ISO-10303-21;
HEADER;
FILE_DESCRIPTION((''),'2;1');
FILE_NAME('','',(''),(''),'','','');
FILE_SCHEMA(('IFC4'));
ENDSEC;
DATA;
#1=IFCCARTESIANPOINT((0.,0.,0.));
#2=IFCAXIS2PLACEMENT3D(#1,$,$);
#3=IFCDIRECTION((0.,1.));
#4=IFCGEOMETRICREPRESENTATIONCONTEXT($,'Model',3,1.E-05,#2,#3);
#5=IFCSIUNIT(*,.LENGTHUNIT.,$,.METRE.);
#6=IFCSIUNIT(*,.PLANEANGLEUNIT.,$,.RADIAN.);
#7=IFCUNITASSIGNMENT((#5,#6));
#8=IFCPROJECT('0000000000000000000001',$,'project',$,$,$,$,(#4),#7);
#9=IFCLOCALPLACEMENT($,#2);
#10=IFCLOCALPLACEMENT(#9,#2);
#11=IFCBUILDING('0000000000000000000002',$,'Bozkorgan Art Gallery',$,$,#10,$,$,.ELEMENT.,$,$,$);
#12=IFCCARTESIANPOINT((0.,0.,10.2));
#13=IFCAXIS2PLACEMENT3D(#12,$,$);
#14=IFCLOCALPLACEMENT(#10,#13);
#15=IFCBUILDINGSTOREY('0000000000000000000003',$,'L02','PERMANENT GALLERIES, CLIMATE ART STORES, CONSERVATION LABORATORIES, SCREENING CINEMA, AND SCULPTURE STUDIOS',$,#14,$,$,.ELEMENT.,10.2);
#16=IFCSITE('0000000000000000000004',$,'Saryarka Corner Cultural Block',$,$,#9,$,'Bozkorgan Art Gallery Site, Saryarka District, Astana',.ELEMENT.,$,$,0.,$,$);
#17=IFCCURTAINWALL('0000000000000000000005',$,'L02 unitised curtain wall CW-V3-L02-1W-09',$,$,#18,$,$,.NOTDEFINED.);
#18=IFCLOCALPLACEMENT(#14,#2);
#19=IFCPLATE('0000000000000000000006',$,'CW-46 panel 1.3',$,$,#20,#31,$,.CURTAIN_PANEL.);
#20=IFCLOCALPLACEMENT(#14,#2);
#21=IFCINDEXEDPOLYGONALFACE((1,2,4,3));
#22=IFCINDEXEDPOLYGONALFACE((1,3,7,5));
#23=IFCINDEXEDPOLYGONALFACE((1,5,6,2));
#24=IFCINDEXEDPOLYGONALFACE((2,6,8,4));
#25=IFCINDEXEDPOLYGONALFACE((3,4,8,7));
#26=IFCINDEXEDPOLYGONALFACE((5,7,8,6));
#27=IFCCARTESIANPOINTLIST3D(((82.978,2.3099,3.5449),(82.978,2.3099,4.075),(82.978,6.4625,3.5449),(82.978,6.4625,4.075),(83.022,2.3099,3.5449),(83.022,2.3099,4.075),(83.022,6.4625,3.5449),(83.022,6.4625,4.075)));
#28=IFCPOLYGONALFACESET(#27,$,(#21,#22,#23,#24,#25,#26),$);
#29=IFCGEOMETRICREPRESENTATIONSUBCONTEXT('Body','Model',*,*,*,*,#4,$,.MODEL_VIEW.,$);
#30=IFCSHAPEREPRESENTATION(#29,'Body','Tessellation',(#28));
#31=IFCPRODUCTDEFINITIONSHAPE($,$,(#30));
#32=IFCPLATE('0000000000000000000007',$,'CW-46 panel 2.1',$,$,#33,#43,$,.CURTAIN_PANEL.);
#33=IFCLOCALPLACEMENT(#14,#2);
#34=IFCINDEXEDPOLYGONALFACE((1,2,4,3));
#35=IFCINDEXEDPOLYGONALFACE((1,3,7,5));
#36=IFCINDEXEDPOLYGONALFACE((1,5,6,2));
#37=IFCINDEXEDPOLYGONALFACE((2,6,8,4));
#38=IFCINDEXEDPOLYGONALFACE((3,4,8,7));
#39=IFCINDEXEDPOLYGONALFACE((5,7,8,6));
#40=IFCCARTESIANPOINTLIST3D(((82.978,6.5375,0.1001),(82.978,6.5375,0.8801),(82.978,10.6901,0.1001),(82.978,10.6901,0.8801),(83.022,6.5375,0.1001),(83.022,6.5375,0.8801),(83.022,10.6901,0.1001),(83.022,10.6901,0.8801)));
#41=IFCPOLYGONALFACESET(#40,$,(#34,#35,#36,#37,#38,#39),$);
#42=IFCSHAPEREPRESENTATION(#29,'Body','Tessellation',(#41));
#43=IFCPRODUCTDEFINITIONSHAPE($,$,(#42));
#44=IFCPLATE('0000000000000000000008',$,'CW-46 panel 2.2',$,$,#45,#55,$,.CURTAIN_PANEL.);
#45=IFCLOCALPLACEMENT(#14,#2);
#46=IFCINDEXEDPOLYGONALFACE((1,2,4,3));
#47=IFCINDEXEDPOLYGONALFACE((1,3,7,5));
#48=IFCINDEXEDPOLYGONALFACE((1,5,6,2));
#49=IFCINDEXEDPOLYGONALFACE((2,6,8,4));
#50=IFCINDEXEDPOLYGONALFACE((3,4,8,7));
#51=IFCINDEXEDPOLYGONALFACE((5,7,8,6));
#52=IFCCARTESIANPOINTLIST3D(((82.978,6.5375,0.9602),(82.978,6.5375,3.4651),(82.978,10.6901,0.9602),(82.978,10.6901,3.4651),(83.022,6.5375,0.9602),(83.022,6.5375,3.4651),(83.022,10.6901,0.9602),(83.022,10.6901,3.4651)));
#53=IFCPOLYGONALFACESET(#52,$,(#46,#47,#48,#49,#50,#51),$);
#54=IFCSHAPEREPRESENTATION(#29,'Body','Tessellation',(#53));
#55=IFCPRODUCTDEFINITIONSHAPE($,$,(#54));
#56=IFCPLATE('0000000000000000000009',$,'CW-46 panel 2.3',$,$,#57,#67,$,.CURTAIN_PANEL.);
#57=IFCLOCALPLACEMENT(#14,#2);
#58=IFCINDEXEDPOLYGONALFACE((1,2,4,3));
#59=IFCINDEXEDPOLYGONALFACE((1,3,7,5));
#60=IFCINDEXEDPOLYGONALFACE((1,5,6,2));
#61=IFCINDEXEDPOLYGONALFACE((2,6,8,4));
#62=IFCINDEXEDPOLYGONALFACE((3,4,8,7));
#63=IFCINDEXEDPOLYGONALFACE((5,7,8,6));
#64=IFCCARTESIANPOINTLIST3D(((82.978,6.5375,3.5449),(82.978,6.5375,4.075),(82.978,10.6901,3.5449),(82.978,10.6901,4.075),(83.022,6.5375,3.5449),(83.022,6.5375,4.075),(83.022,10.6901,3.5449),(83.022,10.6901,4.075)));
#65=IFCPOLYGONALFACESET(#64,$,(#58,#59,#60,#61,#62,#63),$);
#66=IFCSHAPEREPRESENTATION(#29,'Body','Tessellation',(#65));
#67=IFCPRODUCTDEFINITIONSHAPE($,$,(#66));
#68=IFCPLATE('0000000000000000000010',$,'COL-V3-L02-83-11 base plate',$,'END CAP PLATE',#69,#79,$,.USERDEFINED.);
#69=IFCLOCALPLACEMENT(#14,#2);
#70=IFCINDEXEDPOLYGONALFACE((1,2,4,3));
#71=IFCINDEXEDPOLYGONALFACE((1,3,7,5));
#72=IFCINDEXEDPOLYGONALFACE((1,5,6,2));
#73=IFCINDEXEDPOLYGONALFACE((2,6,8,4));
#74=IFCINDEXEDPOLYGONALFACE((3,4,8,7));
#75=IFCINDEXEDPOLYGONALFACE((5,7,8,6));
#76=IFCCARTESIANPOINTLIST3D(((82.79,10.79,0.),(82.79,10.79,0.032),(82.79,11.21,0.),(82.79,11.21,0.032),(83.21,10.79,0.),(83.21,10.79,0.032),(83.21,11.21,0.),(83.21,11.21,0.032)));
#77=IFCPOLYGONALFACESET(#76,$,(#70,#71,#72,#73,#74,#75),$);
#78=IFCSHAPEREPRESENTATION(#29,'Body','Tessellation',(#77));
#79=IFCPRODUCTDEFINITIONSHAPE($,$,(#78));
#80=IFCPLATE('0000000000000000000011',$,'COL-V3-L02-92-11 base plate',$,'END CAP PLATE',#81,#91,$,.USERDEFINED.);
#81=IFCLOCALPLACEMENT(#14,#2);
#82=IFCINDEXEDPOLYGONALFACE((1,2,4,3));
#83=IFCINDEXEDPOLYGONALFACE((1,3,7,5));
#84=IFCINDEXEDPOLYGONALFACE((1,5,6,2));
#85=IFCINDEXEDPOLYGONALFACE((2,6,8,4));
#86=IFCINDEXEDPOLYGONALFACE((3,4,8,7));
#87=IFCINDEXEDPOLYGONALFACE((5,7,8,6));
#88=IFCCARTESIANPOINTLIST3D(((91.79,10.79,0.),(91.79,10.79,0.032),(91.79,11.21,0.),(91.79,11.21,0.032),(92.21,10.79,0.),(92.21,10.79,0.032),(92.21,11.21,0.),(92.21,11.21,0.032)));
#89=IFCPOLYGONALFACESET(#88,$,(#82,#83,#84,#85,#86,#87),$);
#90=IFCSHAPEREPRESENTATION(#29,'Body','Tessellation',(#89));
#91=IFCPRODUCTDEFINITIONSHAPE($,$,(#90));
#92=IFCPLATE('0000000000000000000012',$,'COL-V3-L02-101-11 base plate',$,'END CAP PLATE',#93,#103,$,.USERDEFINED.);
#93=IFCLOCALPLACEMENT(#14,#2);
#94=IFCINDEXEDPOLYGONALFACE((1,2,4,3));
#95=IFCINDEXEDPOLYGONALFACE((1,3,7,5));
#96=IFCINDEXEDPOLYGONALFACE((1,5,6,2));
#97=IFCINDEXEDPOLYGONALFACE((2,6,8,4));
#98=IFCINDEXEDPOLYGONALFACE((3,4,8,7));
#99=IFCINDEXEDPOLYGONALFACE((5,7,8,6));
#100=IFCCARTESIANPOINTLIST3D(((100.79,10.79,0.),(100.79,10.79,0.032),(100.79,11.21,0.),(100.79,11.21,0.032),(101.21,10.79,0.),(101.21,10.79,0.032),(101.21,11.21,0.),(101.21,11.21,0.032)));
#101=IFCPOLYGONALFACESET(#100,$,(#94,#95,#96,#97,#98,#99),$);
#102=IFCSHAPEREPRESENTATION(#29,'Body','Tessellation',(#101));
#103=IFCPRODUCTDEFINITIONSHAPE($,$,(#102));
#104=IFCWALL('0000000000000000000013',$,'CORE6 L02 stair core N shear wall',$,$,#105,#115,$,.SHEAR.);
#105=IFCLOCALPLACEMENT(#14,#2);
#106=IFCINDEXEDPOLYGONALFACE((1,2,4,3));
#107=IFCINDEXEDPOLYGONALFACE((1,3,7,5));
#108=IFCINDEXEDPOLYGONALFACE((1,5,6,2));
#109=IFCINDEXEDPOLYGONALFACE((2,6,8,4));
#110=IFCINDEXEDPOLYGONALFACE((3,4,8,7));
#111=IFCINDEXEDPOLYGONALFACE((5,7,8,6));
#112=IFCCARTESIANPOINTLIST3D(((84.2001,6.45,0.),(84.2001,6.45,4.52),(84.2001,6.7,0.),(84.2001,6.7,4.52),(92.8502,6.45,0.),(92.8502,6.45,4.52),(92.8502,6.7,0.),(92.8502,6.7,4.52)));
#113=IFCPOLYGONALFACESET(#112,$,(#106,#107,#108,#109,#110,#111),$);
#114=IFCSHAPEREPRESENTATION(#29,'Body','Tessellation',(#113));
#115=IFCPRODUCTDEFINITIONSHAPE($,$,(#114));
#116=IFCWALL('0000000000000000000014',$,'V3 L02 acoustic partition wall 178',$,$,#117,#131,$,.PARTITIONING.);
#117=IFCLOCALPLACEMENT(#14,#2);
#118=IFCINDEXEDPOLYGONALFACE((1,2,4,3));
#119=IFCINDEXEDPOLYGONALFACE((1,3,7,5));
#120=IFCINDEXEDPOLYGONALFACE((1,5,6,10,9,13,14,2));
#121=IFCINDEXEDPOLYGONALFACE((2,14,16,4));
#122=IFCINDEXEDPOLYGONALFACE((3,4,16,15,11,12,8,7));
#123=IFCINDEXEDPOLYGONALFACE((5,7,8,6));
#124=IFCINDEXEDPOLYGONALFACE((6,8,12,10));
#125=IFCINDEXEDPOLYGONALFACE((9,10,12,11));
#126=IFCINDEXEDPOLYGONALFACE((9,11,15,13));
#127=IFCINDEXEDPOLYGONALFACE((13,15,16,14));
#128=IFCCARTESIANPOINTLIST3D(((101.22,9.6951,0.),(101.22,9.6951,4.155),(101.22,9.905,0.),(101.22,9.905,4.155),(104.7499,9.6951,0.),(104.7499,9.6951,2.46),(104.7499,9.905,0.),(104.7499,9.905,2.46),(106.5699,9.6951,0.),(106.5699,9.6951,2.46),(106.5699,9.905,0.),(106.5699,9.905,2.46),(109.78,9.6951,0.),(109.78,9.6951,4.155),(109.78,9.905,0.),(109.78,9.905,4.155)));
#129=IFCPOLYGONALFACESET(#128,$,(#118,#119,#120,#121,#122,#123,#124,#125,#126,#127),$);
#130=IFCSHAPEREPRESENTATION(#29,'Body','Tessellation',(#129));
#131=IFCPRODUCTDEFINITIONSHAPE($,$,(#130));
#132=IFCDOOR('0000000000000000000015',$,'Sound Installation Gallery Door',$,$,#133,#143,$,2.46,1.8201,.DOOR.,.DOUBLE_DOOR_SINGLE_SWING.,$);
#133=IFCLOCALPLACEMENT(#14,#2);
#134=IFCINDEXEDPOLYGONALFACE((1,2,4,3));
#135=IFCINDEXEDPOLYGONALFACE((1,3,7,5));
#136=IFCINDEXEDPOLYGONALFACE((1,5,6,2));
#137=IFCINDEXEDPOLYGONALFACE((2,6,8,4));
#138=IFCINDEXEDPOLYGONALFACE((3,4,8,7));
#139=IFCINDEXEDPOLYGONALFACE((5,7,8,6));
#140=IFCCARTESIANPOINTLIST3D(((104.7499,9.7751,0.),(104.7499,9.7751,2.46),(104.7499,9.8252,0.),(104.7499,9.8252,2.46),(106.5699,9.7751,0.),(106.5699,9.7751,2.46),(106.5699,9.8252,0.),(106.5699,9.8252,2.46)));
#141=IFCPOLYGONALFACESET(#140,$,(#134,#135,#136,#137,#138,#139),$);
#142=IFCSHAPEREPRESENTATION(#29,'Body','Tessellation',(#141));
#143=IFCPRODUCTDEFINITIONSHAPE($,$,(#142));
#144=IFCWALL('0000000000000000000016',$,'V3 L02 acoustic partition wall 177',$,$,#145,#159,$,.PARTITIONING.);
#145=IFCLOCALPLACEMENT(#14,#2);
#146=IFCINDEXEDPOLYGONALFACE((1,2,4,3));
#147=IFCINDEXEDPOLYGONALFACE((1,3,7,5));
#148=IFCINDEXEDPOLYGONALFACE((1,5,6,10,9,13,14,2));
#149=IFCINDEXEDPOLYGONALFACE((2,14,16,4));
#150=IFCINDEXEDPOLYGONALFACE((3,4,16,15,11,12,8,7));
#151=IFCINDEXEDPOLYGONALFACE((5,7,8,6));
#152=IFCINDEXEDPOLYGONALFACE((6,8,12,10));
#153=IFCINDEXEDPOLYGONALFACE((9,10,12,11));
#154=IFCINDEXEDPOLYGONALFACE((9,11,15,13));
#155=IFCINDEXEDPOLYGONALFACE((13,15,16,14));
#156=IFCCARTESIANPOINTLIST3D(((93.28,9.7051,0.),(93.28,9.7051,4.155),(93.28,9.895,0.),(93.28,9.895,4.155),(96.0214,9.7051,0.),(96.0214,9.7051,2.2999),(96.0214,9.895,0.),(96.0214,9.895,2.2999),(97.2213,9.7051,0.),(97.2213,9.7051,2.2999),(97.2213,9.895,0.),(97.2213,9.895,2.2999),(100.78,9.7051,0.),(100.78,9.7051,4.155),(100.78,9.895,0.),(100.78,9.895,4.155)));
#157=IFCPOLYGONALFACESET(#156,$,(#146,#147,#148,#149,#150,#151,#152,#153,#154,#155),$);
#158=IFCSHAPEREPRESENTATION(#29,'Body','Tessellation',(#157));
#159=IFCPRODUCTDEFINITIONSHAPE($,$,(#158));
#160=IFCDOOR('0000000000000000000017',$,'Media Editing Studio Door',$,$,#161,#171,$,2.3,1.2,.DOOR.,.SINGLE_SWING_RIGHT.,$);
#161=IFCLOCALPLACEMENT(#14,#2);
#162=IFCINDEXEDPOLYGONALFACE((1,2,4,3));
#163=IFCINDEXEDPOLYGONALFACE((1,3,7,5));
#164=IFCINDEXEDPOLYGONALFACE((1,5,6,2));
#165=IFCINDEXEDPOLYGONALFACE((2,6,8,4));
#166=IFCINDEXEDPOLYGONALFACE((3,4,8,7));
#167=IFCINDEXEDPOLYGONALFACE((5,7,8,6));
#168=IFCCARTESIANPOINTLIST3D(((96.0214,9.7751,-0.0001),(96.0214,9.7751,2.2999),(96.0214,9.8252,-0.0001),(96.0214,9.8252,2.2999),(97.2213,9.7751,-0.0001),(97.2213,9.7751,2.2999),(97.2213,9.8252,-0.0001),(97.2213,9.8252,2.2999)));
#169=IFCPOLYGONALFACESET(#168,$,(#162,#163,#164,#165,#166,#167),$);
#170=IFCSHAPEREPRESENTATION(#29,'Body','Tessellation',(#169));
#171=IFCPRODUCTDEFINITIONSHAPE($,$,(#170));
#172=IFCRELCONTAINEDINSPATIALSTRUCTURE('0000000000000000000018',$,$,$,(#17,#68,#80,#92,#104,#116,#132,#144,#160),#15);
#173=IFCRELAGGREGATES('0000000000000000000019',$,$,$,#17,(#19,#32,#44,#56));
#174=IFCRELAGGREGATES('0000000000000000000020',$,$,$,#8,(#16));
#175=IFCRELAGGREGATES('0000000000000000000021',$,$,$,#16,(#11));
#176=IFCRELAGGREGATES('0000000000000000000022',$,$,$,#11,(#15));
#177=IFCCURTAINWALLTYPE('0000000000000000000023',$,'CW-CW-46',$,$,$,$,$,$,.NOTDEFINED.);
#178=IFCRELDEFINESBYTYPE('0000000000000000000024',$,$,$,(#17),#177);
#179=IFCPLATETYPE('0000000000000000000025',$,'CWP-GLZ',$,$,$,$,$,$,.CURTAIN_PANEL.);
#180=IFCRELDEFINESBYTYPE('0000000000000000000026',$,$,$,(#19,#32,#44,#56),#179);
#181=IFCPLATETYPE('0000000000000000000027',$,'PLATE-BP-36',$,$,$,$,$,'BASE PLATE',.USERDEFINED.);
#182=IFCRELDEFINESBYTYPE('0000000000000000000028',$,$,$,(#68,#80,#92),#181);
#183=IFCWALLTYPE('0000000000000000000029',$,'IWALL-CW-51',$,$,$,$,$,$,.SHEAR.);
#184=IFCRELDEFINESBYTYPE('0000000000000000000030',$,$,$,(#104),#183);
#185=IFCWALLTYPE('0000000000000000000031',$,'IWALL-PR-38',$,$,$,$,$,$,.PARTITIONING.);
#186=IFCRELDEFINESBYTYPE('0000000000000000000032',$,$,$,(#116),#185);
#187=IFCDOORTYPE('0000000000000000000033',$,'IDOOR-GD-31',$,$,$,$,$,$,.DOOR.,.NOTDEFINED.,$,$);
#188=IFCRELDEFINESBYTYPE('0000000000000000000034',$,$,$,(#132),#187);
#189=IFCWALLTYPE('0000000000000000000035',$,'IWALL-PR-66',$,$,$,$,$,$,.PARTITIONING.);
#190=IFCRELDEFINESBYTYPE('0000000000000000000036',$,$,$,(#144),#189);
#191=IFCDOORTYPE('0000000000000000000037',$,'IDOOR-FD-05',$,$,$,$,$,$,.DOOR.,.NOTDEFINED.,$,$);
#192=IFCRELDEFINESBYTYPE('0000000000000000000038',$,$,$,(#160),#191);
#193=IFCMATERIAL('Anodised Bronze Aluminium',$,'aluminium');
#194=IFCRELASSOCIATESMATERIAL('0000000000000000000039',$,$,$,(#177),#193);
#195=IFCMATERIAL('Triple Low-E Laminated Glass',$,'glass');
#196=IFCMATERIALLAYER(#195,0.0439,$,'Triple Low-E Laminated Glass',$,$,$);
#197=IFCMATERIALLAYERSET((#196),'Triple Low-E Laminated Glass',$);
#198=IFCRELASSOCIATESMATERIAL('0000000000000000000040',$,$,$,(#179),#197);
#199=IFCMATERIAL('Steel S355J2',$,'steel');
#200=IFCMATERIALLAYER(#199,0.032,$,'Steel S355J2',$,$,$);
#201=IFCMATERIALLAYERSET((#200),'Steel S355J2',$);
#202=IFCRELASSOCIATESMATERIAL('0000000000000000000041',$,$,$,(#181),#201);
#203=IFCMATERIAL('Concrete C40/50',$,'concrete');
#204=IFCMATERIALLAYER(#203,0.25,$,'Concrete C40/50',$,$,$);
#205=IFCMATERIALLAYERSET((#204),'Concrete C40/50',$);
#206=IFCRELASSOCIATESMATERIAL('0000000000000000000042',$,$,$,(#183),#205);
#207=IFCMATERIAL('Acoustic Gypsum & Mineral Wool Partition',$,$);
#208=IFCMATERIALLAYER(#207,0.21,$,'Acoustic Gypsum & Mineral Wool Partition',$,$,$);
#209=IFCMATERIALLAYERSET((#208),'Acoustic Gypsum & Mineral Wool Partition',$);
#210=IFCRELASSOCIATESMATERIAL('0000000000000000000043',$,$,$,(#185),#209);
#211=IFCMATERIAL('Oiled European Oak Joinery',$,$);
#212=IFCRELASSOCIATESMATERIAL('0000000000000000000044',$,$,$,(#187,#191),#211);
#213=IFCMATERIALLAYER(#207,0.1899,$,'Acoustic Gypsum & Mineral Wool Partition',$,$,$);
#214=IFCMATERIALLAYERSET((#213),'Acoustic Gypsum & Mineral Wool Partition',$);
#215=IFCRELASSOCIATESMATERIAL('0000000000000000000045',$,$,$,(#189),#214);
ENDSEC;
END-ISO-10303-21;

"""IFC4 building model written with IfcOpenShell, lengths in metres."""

from ifc_helpers import new_model, si_unit, direction, frame, frame_2d, origin, origin_2d, place, context, subcontext, project, spatial, rectangle, extrude, material, layer, layer_set, type_object, element, fill, aggregate, save


model = new_model("IFC4")

# Units and contexts
model_context = context("Model", 3, precision=1e-05, world=origin(), true_north=direction((0.0, 1.0)))
body_context = subcontext(model_context, "Body", "Model", "MODEL_VIEW")
ifc_project = project(units=[si_unit("LENGTHUNIT", "METRE"), si_unit("PLANEANGLEUNIT", "RADIAN")], contexts=[model_context])

# Site, building, storey
site_placement = place(None, origin())
site = spatial("IfcSite", under=ifc_project, at=site_placement, Name="Saryarka Corner Cultural Block", LongName="Bozkorgan Art Gallery Site, Saryarka District, Astana", CompositionType="ELEMENT", RefElevation=0.0)
building_placement = place(site_placement, origin())
building = spatial("IfcBuilding", under=site, at=building_placement, Name="Bozkorgan Art Gallery", CompositionType="ELEMENT")
storey_placement = place(building_placement, frame((0.0, 0.0, 10.2)))
storey = spatial("IfcBuildingStorey", under=building, at=storey_placement, Name="L02", Description="PERMANENT GALLERIES, CLIMATE ART STORES, CONSERVATION LABORATORIES, SCREENING CINEMA, AND SCULPTURE STUDIOS", CompositionType="ELEMENT", Elevation=10.2)

# Shared definitions
ifc_material_1 = material(Name="Steel S355J2", Category="steel")

# Curtain wall, plates
ifc_material_2 = material(Name="Anodised Bronze Aluminium", Category="aluminium")
curtain_wall_type = type_object("IfcCurtainWallType", Name="CW-CW-46", PredefinedType="NOTDEFINED", material=ifc_material_2)
curtain_wall_placement = place(storey_placement, origin())
curtain_wall = element("IfcCurtainWall", 1, at=curtain_wall_placement, inside=storey, type_object=curtain_wall_type, Name="L02 unitised curtain wall CW-V3-L02-1W-09", PredefinedType="NOTDEFINED")
ifc_material_3 = material(Name="Triple Low-E Laminated Glass", Category="glass")
ifc_layer_1 = layer(ifc_material_3, 0.0439, Name="Triple Low-E Laminated Glass")
ifc_layer_set_1 = layer_set([ifc_layer_1], Name="Triple Low-E Laminated Glass")
plate_type_1 = type_object("IfcPlateType", Name="CWP-GLZ", PredefinedType="CURTAIN_PANEL", material=ifc_layer_set_1)
plate_1_placement = place(storey_placement, frame((83.0, 4.3862, 3.5449), z_axis=(0.0, 0.0, 1.0), x_axis=(0.0, 1.0, 0.0)))
plate_1 = element("IfcPlate", 2, at=plate_1_placement, type_object=plate_type_1, Name="CW-46 panel 1.3", PredefinedType="CURTAIN_PANEL", context=body_context, shape_type="SweptSolid", body=[
    extrude(rectangle(XDim=4.1526, YDim=0.0439, at=origin_2d()), origin(), (0.0, 0.0, 1.0), 0.53),
])
plate_2_placement = place(storey_placement, frame((83.0, 8.6138, 0.1001), z_axis=(0.0, 0.0, 1.0), x_axis=(0.0, 1.0, 0.0)))
plate_2 = element("IfcPlate", 3, at=plate_2_placement, type_object=plate_type_1, Name="CW-46 panel 2.1", PredefinedType="CURTAIN_PANEL", context=body_context, shape_type="SweptSolid", body=[
    extrude(rectangle(XDim=4.1526, YDim=0.0439, at=origin_2d()), origin(), (0.0, 0.0, 1.0), 0.78),
])
plate_3_placement = place(storey_placement, frame((83.0, 8.6138, 0.9602), z_axis=(0.0, 0.0, 1.0), x_axis=(0.0, 1.0, 0.0)))
plate_3 = element("IfcPlate", 4, at=plate_3_placement, type_object=plate_type_1, Name="CW-46 panel 2.2", PredefinedType="CURTAIN_PANEL", context=body_context, shape_type="SweptSolid", body=[
    extrude(rectangle(XDim=4.1526, YDim=0.0439, at=origin_2d()), origin(), (0.0, 0.0, 1.0), 2.5049),
])
plate_4_placement = place(storey_placement, frame((83.0, 8.6138, 3.5449), z_axis=(0.0, 0.0, 1.0), x_axis=(0.0, 1.0, 0.0)))
plate_4 = element("IfcPlate", 5, at=plate_4_placement, type_object=plate_type_1, Name="CW-46 panel 2.3", PredefinedType="CURTAIN_PANEL", context=body_context, shape_type="SweptSolid", body=[
    extrude(rectangle(XDim=4.1526, YDim=0.0439, at=origin_2d()), origin(), (0.0, 0.0, 1.0), 0.53),
])
aggregate(curtain_wall, [plate_1, plate_2, plate_3, plate_4])

# Plates
ifc_layer_2 = layer(ifc_material_1, 0.032, Name="Steel S355J2")
ifc_layer_set_2 = layer_set([ifc_layer_2], Name="Steel S355J2")
plate_type_2 = type_object("IfcPlateType", Name="PLATE-BP-36", ElementType="BASE PLATE", PredefinedType="USERDEFINED", material=ifc_layer_set_2)
for number, where, z_axis, x_axis, name in (
    (6, (83.0, 11.0, 0.0), (0.0, 0.0, 1.0), (1.0, 0.0, 0.0), "COL-V3-L02-83-11 base plate"),
    (7, (92.0, 11.0, 0.0), (0.0, 0.0, 1.0), (1.0, 0.0, 0.0), "COL-V3-L02-92-11 base plate"),
    (8, (101.0, 11.0, 0.0), (0.0, 0.0, 1.0), (1.0, 0.0, 0.0), "COL-V3-L02-101-11 base plate"),
):
    element("IfcPlate", number, at=place(storey_placement, frame(where, z_axis=z_axis, x_axis=x_axis)), inside=storey, type_object=plate_type_2, Name=name, ObjectType="END CAP PLATE", PredefinedType="USERDEFINED", context=body_context, shape_type="SweptSolid", body=[
        extrude(rectangle(XDim=0.4199, YDim=0.4199, at=origin_2d()), origin(), (0.0, 0.0, 1.0), 0.032),
    ])

# Wall
ifc_material_4 = material(Name="Concrete C40/50", Category="concrete")
ifc_layer_3 = layer(ifc_material_4, 0.25, Name="Concrete C40/50")
ifc_layer_set_3 = layer_set([ifc_layer_3], Name="Concrete C40/50")
wall_type_1 = type_object("IfcWallType", Name="IWALL-CW-51", PredefinedType="SHEAR", material=ifc_layer_set_3)
wall_1_placement = place(storey_placement, frame((84.2, 6.575, 0.0), z_axis=(0.0, 0.0, 1.0), x_axis=(1.0, 0.0, 0.0)))
element("IfcWall", 9, at=wall_1_placement, inside=storey, type_object=wall_type_1, Name="CORE6 L02 stair core N shear wall", PredefinedType="SHEAR", context=body_context, shape_type="SweptSolid", body=[
    extrude(rectangle(XDim=8.6501, YDim=0.25, at=frame_2d((4.3252, 0.0))), origin(), (0.0, 0.0, 1.0), 4.52),
])

# Walls, openings, doors
ifc_material_5 = material(Name="Acoustic Gypsum & Mineral Wool Partition")
ifc_layer_4 = layer(ifc_material_5, 0.21, Name="Acoustic Gypsum & Mineral Wool Partition")
ifc_layer_set_4 = layer_set([ifc_layer_4], Name="Acoustic Gypsum & Mineral Wool Partition")
wall_type_2 = type_object("IfcWallType", Name="IWALL-PR-38", PredefinedType="PARTITIONING", material=ifc_layer_set_4)
wall_2_placement = place(storey_placement, frame((101.22, 9.8, 0.0), z_axis=(0.0, 0.0, 1.0), x_axis=(1.0, 0.0, 0.0)))
wall_2 = element("IfcWall", 10, at=wall_2_placement, inside=storey, type_object=wall_type_2, Name="V3 L02 acoustic partition wall 178", PredefinedType="PARTITIONING", context=body_context, shape_type="SweptSolid", body=[
    extrude(rectangle(XDim=8.5601, YDim=0.21, at=frame_2d((4.28, 0.0))), origin(), (0.0, 0.0, 1.0), 4.155),
])
opening_1_placement = place(wall_2_placement, frame((5.3501, 0.0, 0.0), z_axis=(0.0, 0.0, 1.0), x_axis=(-1.0, 0.0, 0.0)))
opening_1 = element("IfcOpeningElement", 11, at=opening_1_placement, cuts=wall_2, PredefinedType="OPENING", context=body_context, shape_type="SweptSolid", body=[
    extrude(rectangle(XDim=1.8201, YDim=2.46, at=frame_2d((0.9102, 1.23))), frame((0.0, 0.115, 0.0), z_axis=(0.0, -1.0, 0.0), x_axis=(1.0, 0.0, 0.0)), (0.0, 0.0, 1.0), 0.23),
])
ifc_material_6 = material(Name="Oiled European Oak Joinery")
door_type_1 = type_object("IfcDoorType", Name="IDOOR-GD-31", OperationType="NOTDEFINED", PredefinedType="DOOR", material=ifc_material_6)
door_1_placement = place(opening_1_placement, origin())
door_1 = element("IfcDoor", 12, at=door_1_placement, inside=storey, type_object=door_type_1, Name="Sound Installation Gallery Door", OperationType="DOUBLE_DOOR_SINGLE_SWING", OverallHeight=2.46, OverallWidth=1.8201, PredefinedType="DOOR", context=body_context, shape_type="SweptSolid", body=[
    extrude(rectangle(XDim=1.8201, YDim=2.46, at=frame_2d((0.9102, 1.23))), frame((0.0, 0.0249, 0.0), z_axis=(0.0, -1.0, 0.0), x_axis=(1.0, 0.0, 0.0)), (0.0, 0.0, 1.0), 0.05),
])
fill(opening_1, door_1)
ifc_layer_5 = layer(ifc_material_5, 0.1899, Name="Acoustic Gypsum & Mineral Wool Partition")
ifc_layer_set_5 = layer_set([ifc_layer_5], Name="Acoustic Gypsum & Mineral Wool Partition")
wall_type_3 = type_object("IfcWallType", Name="IWALL-PR-66", PredefinedType="PARTITIONING", material=ifc_layer_set_5)
wall_3_placement = place(storey_placement, frame((93.28, 9.8, 0.0), z_axis=(0.0, 0.0, 1.0), x_axis=(1.0, 0.0, 0.0)))
wall_3 = element("IfcWall", 13, at=wall_3_placement, inside=storey, type_object=wall_type_3, Name="V3 L02 acoustic partition wall 177", PredefinedType="PARTITIONING", context=body_context, shape_type="SweptSolid", body=[
    extrude(rectangle(XDim=7.5, YDim=0.1899, at=frame_2d((3.75, 0.0))), origin(), (0.0, 0.0, 1.0), 4.155),
])
opening_2_placement = place(wall_3_placement, frame((3.9414, 0.0, 0.0), z_axis=(0.0, 0.0, 1.0), x_axis=(-1.0, 0.0, 0.0)))
opening_2 = element("IfcOpeningElement", 14, at=opening_2_placement, cuts=wall_3, PredefinedType="OPENING", context=body_context, shape_type="SweptSolid", body=[
    extrude(rectangle(XDim=1.2, YDim=2.3, at=frame_2d((0.6001, 1.1499))), frame((0.0, 0.105, 0.0), z_axis=(0.0, -1.0, 0.0), x_axis=(1.0, 0.0, 0.0)), (0.0, 0.0, 1.0), 0.21),
])
door_type_2 = type_object("IfcDoorType", Name="IDOOR-FD-05", OperationType="NOTDEFINED", PredefinedType="DOOR", material=ifc_material_6)
door_2_placement = place(opening_2_placement, origin())
door_2 = element("IfcDoor", 15, at=door_2_placement, inside=storey, type_object=door_type_2, Name="Media Editing Studio Door", OperationType="SINGLE_SWING_RIGHT", OverallHeight=2.3, OverallWidth=1.2, PredefinedType="DOOR", context=body_context, shape_type="SweptSolid", body=[
    extrude(rectangle(XDim=1.2, YDim=2.3, at=frame_2d((0.6001, 1.1499))), frame((0.0, 0.0249, 0.0), z_axis=(0.0, -1.0, 0.0), x_axis=(1.0, 0.0, 0.0)), (0.0, 0.0, 1.0), 0.05),
])
fill(opening_2, door_2)

save(model, "model.ifc")
